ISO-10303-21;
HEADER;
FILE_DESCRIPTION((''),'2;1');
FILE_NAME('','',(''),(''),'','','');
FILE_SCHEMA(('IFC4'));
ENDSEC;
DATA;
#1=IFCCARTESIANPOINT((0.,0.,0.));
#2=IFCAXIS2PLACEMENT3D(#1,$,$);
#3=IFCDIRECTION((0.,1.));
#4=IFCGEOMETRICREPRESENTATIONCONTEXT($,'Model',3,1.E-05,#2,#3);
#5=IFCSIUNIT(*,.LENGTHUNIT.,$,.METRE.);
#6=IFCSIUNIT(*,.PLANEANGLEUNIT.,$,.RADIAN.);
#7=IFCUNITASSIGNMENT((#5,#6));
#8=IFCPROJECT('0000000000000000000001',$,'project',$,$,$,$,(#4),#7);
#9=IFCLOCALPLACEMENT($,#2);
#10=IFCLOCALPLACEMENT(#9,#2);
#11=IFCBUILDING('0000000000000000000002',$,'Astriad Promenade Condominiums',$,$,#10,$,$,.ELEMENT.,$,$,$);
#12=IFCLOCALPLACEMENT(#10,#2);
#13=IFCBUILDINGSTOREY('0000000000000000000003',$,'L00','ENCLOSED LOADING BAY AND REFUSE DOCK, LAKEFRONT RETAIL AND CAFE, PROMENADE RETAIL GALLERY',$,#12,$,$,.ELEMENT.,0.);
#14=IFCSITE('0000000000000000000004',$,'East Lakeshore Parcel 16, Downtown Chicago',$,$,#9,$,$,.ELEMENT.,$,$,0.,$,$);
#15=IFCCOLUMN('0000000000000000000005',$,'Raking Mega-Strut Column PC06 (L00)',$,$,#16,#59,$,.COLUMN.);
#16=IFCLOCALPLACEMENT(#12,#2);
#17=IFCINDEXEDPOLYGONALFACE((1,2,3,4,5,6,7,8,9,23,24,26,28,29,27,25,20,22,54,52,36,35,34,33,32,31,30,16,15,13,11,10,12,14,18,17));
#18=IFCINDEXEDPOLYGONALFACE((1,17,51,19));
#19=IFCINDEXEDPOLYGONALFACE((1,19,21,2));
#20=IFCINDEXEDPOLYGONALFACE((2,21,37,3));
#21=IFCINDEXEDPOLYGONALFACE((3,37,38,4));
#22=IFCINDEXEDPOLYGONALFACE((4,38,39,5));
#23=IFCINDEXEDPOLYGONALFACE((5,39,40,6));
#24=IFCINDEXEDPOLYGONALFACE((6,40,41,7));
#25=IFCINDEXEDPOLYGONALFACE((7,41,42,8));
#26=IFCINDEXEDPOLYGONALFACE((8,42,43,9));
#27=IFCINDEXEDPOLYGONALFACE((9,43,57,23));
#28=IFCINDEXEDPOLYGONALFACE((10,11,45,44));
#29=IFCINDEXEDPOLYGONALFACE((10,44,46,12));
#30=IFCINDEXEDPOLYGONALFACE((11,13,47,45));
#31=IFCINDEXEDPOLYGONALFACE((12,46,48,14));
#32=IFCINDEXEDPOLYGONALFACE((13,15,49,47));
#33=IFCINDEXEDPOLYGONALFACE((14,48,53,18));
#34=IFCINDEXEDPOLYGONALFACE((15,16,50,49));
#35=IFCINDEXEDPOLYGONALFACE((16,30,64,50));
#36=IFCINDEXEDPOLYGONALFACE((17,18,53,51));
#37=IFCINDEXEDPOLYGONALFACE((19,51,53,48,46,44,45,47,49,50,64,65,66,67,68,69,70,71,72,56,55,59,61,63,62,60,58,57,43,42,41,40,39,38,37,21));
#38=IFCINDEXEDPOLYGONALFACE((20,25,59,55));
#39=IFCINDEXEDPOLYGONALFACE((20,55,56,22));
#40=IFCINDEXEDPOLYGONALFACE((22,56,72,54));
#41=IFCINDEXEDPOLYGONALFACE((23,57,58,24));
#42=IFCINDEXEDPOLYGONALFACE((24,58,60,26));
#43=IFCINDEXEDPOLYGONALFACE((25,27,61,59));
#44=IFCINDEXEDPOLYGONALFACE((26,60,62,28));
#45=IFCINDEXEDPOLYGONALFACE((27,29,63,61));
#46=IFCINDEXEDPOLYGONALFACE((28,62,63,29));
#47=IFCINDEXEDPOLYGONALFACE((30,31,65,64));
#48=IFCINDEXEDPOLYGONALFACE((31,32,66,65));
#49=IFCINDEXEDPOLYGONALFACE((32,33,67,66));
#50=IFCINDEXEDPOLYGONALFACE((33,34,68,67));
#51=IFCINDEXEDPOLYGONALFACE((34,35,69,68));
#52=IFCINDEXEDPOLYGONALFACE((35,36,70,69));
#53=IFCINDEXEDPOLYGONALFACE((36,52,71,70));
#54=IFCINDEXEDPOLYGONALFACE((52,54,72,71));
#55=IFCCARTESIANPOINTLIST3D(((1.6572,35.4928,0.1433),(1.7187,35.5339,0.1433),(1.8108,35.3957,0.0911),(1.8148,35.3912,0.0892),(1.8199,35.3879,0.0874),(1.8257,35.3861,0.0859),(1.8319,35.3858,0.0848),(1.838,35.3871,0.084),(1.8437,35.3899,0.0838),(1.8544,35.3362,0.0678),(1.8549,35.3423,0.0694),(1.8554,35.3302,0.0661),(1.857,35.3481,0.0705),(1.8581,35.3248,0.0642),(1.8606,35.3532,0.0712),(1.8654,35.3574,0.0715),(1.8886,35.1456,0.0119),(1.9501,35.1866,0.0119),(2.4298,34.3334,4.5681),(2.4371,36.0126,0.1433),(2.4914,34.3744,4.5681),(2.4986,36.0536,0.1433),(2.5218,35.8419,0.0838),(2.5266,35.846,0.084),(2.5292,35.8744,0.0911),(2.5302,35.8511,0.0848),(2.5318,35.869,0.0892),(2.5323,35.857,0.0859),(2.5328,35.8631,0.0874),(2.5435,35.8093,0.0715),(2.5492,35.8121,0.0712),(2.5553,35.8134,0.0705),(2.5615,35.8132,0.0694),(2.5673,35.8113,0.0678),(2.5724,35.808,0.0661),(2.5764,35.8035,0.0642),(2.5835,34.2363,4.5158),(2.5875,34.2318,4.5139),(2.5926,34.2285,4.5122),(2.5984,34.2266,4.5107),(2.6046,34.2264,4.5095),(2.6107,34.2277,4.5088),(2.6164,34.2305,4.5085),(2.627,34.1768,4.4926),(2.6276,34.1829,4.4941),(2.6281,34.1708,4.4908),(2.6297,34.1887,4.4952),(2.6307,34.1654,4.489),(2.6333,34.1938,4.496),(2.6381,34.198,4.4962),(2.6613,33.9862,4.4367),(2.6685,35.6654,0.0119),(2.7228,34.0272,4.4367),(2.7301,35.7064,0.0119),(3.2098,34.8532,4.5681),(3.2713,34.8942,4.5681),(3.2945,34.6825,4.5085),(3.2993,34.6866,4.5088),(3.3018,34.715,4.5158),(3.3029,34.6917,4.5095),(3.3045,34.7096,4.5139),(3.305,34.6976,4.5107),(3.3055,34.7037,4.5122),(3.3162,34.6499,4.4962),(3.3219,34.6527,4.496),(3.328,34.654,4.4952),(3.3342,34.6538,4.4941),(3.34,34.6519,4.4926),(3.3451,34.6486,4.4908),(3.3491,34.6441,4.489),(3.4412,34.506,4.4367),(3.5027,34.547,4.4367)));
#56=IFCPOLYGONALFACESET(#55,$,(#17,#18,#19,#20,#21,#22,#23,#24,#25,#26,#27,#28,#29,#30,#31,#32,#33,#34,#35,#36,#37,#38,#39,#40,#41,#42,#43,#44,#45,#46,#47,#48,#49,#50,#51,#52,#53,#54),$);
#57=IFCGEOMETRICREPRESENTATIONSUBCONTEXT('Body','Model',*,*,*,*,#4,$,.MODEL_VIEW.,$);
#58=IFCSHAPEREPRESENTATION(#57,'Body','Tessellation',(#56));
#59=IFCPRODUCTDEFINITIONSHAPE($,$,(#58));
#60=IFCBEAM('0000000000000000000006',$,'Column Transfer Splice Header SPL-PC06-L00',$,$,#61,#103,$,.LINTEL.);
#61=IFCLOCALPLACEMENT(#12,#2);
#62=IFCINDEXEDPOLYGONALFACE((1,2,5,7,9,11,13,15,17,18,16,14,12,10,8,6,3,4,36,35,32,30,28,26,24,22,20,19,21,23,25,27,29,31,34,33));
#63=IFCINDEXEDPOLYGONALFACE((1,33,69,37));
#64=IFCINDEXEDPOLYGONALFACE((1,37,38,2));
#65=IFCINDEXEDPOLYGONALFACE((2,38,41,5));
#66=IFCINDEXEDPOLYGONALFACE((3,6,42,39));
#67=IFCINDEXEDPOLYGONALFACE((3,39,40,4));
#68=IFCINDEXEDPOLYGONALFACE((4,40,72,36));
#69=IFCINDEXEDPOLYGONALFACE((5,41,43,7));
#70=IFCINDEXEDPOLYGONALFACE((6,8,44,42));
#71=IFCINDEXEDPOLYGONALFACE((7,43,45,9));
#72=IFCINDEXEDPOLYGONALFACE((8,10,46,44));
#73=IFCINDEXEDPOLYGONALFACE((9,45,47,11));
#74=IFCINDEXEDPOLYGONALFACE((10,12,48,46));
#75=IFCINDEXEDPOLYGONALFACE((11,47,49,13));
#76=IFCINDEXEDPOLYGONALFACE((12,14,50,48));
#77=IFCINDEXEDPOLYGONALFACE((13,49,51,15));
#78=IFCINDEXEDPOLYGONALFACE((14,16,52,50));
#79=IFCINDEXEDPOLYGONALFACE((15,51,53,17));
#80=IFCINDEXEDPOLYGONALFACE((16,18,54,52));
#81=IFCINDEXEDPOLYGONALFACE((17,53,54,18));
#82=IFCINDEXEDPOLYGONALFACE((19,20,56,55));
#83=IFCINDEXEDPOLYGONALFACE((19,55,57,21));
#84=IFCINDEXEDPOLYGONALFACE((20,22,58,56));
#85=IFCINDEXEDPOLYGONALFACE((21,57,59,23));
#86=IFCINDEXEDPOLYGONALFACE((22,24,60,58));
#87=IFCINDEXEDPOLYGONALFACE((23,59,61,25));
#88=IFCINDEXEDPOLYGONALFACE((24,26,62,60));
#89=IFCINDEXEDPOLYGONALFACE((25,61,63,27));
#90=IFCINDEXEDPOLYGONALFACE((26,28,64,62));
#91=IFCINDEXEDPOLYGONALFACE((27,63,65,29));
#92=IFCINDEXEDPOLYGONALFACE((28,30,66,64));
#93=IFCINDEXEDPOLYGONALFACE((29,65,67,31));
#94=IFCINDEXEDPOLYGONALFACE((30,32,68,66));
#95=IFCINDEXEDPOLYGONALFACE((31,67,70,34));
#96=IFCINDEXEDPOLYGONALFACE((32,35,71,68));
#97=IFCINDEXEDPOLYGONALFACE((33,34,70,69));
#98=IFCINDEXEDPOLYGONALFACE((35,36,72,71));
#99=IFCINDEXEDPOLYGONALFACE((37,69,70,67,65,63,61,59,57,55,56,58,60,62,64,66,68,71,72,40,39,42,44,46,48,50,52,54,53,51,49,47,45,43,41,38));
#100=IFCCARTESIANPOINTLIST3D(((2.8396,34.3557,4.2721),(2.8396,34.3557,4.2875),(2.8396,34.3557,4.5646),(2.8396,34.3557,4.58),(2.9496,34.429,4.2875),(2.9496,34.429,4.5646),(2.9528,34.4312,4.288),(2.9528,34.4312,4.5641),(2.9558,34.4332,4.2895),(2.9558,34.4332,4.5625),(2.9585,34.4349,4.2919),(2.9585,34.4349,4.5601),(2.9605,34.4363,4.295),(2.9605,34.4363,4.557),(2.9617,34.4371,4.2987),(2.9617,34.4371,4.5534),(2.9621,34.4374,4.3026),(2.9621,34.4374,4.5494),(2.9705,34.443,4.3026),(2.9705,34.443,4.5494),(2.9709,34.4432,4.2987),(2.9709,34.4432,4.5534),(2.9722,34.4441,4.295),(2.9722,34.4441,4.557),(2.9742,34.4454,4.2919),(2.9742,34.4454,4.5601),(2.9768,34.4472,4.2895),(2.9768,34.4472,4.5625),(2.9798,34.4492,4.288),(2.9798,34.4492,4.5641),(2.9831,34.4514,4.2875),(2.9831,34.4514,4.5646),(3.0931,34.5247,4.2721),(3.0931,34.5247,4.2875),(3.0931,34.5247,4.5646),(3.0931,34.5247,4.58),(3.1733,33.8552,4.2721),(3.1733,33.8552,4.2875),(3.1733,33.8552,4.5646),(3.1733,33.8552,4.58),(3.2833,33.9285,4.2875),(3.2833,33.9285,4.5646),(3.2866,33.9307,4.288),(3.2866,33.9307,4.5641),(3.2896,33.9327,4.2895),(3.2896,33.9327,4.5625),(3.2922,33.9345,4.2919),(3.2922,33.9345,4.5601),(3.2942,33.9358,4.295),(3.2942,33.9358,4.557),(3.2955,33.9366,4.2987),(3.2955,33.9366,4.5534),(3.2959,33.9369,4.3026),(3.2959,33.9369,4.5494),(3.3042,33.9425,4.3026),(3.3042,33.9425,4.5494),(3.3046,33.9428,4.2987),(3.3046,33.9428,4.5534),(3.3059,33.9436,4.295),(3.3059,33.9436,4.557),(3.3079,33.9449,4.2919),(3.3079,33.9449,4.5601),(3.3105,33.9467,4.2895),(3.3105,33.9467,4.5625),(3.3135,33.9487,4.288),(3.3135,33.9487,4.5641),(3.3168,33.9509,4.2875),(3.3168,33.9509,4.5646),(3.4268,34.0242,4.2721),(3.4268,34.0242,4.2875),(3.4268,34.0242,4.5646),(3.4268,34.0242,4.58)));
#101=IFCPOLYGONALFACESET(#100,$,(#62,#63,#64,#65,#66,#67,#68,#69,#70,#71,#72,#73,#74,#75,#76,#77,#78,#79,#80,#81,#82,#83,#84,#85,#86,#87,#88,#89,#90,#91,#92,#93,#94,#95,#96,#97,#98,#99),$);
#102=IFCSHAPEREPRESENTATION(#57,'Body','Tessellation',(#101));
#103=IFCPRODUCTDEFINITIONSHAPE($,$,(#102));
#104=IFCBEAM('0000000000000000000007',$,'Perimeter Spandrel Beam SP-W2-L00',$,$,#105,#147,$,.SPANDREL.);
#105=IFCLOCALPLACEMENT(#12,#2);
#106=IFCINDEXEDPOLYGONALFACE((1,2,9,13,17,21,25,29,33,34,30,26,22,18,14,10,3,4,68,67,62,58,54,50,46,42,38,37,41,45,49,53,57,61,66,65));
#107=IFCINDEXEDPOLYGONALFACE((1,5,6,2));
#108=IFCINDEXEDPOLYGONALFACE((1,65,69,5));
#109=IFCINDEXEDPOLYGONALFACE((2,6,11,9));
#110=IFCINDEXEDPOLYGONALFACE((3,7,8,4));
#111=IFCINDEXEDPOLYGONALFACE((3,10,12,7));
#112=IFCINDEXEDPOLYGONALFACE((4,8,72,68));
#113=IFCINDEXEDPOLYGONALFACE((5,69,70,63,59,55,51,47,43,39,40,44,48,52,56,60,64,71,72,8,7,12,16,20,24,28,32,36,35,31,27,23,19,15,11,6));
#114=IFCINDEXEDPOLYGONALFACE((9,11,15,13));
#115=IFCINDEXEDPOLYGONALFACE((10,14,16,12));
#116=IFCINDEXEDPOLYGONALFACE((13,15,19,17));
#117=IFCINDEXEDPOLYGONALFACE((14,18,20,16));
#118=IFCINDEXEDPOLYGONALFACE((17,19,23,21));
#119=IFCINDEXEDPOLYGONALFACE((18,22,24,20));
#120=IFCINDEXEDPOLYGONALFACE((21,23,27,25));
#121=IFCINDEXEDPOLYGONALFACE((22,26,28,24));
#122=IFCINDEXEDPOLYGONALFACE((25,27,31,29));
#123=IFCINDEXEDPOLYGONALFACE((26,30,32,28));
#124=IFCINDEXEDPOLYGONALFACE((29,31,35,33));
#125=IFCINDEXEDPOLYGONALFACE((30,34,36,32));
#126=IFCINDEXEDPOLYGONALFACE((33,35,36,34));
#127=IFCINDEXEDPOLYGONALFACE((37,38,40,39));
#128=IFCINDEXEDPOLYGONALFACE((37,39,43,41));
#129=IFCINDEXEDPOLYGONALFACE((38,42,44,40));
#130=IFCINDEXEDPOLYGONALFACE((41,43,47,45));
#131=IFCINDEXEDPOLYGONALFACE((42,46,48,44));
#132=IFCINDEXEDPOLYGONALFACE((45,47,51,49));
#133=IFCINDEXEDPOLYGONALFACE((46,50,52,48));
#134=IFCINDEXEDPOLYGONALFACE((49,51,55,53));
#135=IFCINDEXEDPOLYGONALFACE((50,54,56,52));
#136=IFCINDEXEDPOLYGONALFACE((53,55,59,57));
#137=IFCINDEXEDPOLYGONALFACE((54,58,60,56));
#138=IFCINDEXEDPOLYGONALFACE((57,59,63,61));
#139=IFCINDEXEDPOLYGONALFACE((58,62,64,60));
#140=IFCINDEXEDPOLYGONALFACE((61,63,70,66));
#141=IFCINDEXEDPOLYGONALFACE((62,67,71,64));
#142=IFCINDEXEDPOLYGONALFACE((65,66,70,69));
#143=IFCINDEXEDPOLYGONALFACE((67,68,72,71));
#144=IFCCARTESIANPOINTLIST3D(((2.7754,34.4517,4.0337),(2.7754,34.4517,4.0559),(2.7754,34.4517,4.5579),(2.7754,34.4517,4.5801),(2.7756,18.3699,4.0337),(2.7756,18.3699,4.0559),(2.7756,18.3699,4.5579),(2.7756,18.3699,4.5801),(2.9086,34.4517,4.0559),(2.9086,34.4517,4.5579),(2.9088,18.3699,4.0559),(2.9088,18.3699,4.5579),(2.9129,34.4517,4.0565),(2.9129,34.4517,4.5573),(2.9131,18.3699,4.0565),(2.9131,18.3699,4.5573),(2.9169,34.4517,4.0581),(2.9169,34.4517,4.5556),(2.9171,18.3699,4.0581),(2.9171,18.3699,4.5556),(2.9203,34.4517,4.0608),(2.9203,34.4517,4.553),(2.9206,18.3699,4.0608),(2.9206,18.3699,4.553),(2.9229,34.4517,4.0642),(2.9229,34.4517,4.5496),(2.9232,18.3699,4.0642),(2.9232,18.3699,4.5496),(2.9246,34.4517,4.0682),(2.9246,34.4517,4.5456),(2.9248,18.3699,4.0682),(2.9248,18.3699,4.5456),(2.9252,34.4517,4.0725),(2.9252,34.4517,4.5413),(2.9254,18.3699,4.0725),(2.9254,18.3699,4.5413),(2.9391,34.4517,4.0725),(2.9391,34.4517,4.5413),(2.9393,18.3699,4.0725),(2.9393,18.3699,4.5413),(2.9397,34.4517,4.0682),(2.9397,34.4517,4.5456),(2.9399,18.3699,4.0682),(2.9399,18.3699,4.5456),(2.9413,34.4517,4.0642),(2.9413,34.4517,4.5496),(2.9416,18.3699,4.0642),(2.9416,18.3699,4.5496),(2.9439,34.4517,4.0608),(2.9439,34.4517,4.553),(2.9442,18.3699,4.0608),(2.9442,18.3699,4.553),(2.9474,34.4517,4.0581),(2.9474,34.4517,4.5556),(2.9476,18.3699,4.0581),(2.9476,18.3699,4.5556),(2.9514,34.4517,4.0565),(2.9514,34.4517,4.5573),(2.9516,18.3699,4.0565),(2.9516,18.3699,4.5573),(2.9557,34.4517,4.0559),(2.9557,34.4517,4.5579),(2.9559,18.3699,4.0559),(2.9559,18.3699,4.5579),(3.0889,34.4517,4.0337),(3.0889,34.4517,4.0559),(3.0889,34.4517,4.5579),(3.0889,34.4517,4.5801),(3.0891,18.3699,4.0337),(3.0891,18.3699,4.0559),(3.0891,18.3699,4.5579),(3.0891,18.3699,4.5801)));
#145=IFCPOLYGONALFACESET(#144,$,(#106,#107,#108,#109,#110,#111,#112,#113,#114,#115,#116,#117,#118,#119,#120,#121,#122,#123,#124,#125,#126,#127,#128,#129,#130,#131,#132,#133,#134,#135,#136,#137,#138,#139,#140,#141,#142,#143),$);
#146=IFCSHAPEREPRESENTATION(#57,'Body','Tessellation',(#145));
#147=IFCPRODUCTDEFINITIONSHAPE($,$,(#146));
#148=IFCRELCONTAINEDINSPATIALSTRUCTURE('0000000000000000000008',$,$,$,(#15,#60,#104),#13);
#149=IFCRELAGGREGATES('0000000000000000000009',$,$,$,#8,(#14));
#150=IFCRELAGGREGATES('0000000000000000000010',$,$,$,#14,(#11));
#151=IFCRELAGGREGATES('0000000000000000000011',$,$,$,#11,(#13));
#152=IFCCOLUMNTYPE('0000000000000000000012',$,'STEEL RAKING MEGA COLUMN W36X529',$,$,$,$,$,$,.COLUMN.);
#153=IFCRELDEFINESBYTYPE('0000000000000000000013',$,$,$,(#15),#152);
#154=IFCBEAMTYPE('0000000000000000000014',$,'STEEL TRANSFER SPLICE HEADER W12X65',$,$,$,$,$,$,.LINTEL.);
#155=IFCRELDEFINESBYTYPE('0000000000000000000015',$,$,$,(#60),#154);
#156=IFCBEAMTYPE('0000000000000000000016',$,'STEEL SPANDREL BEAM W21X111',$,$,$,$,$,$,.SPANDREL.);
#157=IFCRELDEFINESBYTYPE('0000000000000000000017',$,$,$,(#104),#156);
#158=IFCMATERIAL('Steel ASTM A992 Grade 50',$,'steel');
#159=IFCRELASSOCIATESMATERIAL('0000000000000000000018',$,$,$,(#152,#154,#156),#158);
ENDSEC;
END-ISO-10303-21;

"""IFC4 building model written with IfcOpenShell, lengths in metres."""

from ifc_helpers import new_model, si_unit, direction, frame, origin, origin_2d, place, context, subcontext, project, spatial, i_section, extrude, source, transform, mapped, material, material_profile, profile_set, type_object, type_shapes, element, save


model = new_model("IFC4")

# Units and contexts
model_context = context("Model", 3, precision=1e-05, world=origin(), true_north=direction((0.0, 1.0)))
body_context = subcontext(model_context, "Body", "Model", "MODEL_VIEW")
ifc_project = project(units=[si_unit("LENGTHUNIT", "METRE"), si_unit("PLANEANGLEUNIT", "RADIAN")], contexts=[model_context])

# Site, building, storey
site_placement = place(None, origin())
site = spatial("IfcSite", under=ifc_project, at=site_placement, Name="East Lakeshore Parcel 16, Downtown Chicago", CompositionType="ELEMENT", RefElevation=0.0)
building_placement = place(site_placement, origin())
building = spatial("IfcBuilding", under=site, at=building_placement, Name="Astriad Promenade Condominiums", CompositionType="ELEMENT")
storey_placement = place(building_placement, origin())
storey = spatial("IfcBuildingStorey", under=building, at=storey_placement, Name="L00", Description="ENCLOSED LOADING BAY AND REFUSE DOCK, LAKEFRONT RETAIL AND CAFE, PROMENADE RETAIL GALLERY", CompositionType="ELEMENT", Elevation=0.0)

# Column
ifc_material_1 = material(Name="Steel ASTM A992 Grade 50", Category="steel")
ifc_material_profile_1 = material_profile(ifc_material_1, i_section(OverallWidth=0.4375, OverallDepth=1.0112, WebThickness=0.041, FlangeThickness=0.074, FilletRadius=0.0242, at=origin_2d()), Name="W36X529")
ifc_profile_set_1 = profile_set([ifc_material_profile_1], Name="Steel ASTM A992 Grade 50")
column_type = type_object("IfcColumnType", Name="STEEL RAKING MEGA COLUMN W36X529", PredefinedType="COLUMN", material=ifc_profile_set_1)
shared_shape_1 = source(origin(), body_context, "Body", "SweptSolid", [
    extrude(i_section(OverallWidth=0.4375, OverallDepth=1.0112, WebThickness=0.041, FlangeThickness=0.074, FilletRadius=0.0242, at=origin_2d()), origin(), (0.0, 0.0, 1.0), 4.6389),
])
type_shapes(column_type, [shared_shape_1])
column_placement = place(storey_placement, frame((2.1936, 35.5996, 0.0776), z_axis=(0.166568, -0.24993, 0.953829), x_axis=(-0.528974, 0.793711, 0.30035)))
element("IfcColumn", 1, at=column_placement, inside=storey, type_object=column_type, Name="Raking Mega-Strut Column PC06 (L00)", PredefinedType="COLUMN", context=body_context, shape_type="MappedRepresentation", body=[
    mapped(shared_shape_1, transform((0.0, 0.0, 0.0), scale=1.0)),
])

# Beams
ifc_material_profile_2 = material_profile(ifc_material_1, i_section(OverallWidth=0.3047, OverallDepth=0.3079, WebThickness=0.01, FlangeThickness=0.0154, FilletRadius=0.0151, at=origin_2d()), Name="W12X65")
ifc_profile_set_2 = profile_set([ifc_material_profile_2], Name="Steel ASTM A992 Grade 50")
beam_type_1 = type_object("IfcBeamType", Name="STEEL TRANSFER SPLICE HEADER W12X65", PredefinedType="LINTEL", material=ifc_profile_set_2)
shared_shape_2 = source(origin(), body_context, "Body", "SweptSolid", [
    extrude(i_section(OverallWidth=0.3047, OverallDepth=0.3079, WebThickness=0.01, FlangeThickness=0.0154, FilletRadius=0.0151, at=origin_2d()), origin(), (0.0, 0.0, 1.0), 0.6016),
])
type_shapes(beam_type_1, [shared_shape_2])
beam_1_placement = place(storey_placement, frame((2.9663, 34.4402, 4.426), z_axis=(0.554794, -0.831988, 0.0), x_axis=(0.831988, 0.554794, 0.0)))
element("IfcBeam", 2, at=beam_1_placement, inside=storey, type_object=beam_type_1, Name="Column Transfer Splice Header SPL-PC06-L00", PredefinedType="LINTEL", context=body_context, shape_type="MappedRepresentation", body=[
    mapped(shared_shape_2, transform((0.0, 0.0, 0.0), scale=1.0)),
])
ifc_material_profile_3 = material_profile(ifc_material_1, i_section(OverallWidth=0.3135, OverallDepth=0.5464, WebThickness=0.0139, FlangeThickness=0.0222, FilletRadius=0.0166, at=origin_2d()), Name="W21X111")
ifc_profile_set_3 = profile_set([ifc_material_profile_3], Name="Steel ASTM A992 Grade 50")
beam_type_2 = type_object("IfcBeamType", Name="STEEL SPANDREL BEAM W21X111", PredefinedType="SPANDREL", material=ifc_profile_set_3)
shared_shape_3 = source(origin(), body_context, "Body", "SweptSolid", [
    extrude(i_section(OverallWidth=0.3135, OverallDepth=0.5464, WebThickness=0.0139, FlangeThickness=0.0222, FilletRadius=0.0166, at=origin_2d()), origin(), (0.0, 0.0, 1.0), 16.0818),
])
type_shapes(beam_type_2, [shared_shape_3])
beam_2_placement = place(storey_placement, frame((2.9321, 34.4517, 4.3069), z_axis=(0.000015, -1.0, 0.0), x_axis=(1.0, 0.000015, 0.0)))
element("IfcBeam", 3, at=beam_2_placement, inside=storey, type_object=beam_type_2, Name="Perimeter Spandrel Beam SP-W2-L00", PredefinedType="SPANDREL", context=body_context, shape_type="MappedRepresentation", body=[
    mapped(shared_shape_3, transform((0.0, 0.0, 0.0), scale=1.0)),
])

save(model, "model.ifc")
